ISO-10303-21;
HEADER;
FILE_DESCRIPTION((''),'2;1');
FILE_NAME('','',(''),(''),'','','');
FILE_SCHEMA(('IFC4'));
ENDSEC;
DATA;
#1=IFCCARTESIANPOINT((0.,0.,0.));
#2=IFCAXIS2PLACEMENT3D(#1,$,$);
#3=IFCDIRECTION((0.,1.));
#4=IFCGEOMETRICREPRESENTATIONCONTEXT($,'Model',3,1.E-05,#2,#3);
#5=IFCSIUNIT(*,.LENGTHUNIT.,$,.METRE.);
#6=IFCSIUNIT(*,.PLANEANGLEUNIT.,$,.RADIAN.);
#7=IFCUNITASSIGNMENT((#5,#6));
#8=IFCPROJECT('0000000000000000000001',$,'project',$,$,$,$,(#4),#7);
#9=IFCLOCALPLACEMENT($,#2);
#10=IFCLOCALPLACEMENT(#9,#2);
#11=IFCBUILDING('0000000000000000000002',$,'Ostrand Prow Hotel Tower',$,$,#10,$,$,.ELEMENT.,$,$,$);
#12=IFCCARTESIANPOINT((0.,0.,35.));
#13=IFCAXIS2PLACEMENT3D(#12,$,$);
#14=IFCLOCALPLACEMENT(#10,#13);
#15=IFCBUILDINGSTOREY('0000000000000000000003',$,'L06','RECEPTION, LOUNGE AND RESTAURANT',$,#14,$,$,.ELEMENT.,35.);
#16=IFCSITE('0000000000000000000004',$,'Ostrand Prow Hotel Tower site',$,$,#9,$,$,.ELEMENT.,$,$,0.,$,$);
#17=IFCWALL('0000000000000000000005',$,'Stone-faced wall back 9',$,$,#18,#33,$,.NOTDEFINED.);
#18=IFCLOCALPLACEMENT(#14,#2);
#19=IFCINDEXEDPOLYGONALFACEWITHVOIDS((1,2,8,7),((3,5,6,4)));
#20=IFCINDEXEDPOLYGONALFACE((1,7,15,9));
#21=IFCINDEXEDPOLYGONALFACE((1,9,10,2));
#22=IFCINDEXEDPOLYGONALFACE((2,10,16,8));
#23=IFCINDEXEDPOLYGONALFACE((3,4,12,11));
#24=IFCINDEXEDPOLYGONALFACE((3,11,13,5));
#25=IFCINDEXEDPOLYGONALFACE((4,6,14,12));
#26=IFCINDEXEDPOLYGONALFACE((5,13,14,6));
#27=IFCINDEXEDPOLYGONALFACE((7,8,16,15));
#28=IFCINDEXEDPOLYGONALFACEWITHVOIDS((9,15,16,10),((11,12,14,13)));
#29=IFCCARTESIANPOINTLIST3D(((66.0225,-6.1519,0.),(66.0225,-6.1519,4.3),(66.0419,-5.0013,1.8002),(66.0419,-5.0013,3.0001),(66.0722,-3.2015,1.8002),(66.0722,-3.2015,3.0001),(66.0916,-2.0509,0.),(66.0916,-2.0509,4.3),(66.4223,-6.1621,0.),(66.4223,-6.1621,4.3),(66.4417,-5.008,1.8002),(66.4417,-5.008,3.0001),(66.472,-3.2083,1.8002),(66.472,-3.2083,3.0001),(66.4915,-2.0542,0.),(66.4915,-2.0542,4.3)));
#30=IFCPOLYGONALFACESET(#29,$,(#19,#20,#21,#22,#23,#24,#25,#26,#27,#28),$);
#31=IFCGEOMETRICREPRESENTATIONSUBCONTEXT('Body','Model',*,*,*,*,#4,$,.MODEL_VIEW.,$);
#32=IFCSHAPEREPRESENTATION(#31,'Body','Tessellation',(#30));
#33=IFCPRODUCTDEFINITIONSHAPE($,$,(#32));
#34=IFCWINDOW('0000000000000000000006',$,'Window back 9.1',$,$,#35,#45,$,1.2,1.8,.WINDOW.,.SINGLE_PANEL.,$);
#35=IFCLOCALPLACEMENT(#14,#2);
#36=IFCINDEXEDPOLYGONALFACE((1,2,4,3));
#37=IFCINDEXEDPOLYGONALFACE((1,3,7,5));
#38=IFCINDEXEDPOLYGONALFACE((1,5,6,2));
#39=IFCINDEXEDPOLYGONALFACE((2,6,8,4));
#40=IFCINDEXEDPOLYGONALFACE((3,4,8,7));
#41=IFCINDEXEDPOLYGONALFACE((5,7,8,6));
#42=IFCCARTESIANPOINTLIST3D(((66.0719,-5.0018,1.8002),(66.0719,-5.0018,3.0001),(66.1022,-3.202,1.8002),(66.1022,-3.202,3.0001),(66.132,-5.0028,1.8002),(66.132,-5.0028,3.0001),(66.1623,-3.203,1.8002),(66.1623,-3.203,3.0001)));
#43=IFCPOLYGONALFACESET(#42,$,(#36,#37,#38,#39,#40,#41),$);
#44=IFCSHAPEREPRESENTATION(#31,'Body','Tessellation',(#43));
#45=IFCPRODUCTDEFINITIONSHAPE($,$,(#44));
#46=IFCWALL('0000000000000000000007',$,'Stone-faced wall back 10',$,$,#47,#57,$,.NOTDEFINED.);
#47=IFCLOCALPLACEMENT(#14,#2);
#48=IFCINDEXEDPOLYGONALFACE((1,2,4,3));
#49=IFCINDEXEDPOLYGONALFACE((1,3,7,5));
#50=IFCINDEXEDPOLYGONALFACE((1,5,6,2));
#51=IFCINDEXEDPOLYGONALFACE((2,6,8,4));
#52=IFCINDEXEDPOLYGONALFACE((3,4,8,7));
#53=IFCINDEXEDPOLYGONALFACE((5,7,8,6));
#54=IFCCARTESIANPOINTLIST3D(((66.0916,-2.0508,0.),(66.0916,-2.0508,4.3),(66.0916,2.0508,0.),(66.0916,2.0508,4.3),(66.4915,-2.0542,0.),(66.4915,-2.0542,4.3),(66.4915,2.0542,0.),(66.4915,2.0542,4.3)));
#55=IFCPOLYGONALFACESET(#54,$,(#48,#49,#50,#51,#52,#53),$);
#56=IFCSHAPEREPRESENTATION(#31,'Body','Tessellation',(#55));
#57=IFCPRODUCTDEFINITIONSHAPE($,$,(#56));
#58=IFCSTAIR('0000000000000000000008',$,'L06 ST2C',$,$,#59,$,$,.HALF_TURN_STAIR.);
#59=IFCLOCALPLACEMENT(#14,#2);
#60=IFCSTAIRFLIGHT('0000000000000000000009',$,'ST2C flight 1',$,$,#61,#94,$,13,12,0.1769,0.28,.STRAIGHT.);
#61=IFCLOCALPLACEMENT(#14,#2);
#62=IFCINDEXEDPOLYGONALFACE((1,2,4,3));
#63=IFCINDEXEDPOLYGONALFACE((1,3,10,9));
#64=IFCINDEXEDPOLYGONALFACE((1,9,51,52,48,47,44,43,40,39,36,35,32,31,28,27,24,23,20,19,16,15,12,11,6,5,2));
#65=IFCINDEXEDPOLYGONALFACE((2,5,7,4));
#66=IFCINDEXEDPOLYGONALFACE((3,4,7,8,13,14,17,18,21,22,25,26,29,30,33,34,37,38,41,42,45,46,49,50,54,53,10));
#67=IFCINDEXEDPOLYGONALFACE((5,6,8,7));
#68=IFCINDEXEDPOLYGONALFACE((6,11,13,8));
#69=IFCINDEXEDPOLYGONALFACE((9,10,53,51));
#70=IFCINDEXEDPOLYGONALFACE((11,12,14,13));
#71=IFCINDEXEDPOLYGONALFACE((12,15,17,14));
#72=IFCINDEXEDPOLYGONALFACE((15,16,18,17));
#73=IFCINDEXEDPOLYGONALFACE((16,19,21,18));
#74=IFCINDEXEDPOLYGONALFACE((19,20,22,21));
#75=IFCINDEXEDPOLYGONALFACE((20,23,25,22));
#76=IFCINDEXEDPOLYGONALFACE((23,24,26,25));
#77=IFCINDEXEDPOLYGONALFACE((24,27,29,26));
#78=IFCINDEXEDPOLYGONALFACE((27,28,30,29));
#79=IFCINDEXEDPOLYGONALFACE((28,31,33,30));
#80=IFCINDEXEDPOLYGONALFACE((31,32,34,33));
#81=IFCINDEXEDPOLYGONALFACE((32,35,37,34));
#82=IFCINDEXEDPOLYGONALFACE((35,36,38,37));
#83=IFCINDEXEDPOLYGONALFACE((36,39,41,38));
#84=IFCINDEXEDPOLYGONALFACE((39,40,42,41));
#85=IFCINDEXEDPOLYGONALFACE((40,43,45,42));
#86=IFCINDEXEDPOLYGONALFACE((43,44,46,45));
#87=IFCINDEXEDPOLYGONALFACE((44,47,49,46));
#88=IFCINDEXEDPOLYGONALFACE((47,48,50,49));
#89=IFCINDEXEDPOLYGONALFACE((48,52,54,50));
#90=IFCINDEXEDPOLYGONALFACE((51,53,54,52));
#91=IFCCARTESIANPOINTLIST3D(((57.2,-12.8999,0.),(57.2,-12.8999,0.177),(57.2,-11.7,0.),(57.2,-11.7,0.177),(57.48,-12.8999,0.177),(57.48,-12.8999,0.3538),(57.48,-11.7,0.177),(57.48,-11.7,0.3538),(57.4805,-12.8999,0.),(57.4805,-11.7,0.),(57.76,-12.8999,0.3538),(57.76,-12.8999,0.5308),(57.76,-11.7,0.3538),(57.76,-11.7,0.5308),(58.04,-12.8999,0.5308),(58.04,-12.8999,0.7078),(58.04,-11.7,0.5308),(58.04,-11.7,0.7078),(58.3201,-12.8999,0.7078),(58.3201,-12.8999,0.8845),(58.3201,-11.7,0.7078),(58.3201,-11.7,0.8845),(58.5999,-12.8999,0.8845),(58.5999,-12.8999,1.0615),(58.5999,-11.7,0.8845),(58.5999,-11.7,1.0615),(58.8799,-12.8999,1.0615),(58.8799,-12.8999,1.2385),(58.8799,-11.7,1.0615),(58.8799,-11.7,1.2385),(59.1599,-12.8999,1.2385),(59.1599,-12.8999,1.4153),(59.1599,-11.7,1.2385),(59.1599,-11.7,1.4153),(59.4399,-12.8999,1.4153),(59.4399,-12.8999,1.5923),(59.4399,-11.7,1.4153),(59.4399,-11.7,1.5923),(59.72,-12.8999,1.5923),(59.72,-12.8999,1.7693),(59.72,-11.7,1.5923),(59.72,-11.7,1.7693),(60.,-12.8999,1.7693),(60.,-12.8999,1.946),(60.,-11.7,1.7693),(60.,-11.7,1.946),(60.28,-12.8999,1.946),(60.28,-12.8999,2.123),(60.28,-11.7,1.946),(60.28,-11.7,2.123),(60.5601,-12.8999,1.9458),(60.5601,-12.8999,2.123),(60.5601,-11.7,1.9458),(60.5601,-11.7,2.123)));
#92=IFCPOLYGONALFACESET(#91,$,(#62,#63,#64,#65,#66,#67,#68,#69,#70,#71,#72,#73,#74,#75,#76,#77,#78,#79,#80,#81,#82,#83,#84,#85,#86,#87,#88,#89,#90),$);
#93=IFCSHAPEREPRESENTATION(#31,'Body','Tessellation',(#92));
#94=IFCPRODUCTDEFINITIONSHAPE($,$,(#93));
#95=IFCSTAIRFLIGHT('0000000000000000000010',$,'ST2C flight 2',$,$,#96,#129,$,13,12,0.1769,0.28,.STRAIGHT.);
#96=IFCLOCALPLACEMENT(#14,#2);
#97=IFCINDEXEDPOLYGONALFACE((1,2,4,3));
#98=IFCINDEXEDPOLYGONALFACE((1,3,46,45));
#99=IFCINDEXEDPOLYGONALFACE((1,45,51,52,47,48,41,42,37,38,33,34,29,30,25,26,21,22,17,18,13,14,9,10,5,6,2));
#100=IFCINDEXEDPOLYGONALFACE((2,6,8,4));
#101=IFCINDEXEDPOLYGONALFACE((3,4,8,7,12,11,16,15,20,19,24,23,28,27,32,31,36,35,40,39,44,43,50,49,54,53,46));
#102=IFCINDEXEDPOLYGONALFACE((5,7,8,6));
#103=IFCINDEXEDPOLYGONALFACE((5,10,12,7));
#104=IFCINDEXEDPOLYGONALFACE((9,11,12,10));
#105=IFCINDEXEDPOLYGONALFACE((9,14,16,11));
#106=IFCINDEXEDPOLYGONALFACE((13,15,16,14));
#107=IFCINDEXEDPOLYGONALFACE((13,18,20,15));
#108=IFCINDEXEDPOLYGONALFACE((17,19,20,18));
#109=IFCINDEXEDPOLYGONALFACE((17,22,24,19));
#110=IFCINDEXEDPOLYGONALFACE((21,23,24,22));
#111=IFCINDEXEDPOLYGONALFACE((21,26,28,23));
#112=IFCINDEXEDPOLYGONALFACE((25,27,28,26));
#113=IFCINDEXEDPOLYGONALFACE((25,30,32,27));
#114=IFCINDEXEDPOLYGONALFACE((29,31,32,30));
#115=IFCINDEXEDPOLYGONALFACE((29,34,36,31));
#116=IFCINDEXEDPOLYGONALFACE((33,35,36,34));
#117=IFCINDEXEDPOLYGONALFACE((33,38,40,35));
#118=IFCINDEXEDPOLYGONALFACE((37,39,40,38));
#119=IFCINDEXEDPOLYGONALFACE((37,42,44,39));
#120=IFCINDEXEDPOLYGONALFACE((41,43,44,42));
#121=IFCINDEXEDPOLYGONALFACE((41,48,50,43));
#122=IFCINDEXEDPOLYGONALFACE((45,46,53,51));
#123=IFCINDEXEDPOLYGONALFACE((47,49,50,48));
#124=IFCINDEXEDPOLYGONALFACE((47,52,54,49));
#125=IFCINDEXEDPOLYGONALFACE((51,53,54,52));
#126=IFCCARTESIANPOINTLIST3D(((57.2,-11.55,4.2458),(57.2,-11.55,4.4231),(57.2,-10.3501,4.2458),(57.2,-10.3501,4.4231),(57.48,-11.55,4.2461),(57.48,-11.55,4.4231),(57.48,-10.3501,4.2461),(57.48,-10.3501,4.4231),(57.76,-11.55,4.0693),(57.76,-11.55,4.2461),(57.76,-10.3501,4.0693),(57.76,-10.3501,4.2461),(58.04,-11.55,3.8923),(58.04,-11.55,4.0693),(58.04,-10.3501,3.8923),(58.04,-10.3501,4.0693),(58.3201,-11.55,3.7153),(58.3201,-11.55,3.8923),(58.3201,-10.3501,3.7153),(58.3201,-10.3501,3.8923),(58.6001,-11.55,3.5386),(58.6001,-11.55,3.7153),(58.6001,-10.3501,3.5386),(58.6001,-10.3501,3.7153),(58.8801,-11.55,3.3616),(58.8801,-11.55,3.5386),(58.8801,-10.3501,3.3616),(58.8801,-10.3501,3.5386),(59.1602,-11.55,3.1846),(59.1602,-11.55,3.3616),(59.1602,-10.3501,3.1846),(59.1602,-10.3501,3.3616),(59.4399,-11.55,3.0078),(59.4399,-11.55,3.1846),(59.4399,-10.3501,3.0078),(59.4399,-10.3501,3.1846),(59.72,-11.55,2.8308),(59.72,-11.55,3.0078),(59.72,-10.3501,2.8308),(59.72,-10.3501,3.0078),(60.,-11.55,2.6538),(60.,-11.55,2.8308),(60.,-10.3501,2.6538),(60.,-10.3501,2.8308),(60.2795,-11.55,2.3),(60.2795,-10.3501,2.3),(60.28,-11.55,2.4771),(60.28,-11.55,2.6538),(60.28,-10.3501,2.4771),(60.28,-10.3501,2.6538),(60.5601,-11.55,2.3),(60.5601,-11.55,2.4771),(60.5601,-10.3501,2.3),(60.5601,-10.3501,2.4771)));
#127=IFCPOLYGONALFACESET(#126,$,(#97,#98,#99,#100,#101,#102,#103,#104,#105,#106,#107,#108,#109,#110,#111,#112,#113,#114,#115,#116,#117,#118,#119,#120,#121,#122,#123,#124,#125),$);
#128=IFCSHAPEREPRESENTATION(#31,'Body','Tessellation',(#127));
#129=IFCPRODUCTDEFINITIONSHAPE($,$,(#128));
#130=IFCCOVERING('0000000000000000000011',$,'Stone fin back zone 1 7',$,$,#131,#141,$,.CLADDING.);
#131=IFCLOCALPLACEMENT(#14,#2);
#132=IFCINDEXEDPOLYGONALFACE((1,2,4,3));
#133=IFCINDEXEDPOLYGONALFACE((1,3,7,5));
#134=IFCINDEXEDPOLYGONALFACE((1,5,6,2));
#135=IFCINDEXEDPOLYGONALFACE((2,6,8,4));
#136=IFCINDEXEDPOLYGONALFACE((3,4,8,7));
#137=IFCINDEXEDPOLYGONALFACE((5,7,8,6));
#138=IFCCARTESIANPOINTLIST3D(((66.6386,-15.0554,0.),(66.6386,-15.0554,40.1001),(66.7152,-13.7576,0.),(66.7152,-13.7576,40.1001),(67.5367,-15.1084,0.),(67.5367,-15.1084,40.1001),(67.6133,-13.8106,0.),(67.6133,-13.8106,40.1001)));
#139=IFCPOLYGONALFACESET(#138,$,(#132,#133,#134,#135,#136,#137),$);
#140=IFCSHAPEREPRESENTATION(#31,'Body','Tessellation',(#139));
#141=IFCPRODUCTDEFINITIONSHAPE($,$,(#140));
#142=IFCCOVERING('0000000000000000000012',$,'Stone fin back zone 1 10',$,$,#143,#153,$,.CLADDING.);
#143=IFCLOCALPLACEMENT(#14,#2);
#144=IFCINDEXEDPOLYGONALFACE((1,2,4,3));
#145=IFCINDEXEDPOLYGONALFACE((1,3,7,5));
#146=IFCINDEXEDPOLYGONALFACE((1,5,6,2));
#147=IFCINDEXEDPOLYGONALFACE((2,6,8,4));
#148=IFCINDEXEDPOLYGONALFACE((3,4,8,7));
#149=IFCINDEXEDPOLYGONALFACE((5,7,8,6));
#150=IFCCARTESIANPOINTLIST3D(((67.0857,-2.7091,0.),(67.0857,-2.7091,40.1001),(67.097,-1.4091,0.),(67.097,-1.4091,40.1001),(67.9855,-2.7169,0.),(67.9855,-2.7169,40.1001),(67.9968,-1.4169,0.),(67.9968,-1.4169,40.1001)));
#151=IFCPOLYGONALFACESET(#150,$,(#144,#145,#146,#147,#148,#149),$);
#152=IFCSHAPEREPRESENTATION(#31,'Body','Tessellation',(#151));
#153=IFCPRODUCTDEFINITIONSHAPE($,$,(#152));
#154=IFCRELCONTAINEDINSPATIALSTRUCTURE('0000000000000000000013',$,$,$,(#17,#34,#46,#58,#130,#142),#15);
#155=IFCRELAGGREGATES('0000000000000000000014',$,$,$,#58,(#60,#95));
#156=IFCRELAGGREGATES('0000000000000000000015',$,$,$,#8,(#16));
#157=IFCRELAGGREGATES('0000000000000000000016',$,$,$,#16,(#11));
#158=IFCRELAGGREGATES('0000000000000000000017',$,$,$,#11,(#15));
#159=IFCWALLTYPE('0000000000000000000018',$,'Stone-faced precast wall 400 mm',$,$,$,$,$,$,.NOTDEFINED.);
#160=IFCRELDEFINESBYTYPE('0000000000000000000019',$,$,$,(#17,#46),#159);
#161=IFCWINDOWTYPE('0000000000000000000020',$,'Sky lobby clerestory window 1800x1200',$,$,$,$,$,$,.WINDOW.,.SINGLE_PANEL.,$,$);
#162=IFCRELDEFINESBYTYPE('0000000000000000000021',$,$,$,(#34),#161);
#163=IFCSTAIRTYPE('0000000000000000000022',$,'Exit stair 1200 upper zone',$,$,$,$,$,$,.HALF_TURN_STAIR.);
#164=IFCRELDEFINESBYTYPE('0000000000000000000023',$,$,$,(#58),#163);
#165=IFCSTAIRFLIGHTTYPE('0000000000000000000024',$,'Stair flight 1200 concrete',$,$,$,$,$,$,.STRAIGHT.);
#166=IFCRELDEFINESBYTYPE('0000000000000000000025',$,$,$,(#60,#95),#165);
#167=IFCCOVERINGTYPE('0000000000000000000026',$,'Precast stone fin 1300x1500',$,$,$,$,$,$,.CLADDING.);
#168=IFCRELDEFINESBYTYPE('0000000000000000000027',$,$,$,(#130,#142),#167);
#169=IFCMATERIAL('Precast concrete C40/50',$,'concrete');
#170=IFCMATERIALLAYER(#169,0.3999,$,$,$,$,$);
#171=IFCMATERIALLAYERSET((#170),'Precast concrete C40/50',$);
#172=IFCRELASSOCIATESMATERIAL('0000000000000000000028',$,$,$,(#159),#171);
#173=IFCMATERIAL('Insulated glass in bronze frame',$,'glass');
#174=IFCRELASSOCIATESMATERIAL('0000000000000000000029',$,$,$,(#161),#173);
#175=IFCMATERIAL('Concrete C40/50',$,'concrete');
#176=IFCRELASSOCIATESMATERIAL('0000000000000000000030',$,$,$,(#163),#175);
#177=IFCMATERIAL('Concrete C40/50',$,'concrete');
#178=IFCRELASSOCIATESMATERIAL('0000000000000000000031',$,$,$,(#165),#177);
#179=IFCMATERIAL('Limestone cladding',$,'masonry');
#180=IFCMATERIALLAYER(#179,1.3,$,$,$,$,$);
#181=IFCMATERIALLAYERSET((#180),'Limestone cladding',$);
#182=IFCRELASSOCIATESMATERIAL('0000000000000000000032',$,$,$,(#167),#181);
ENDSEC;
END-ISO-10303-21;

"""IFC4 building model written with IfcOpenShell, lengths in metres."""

from ifc_helpers import new_model, si_unit, direction, frame, frame_2d, origin, place, context, subcontext, project, spatial, polyline, rectangle, outline, extrude, material, layer, layer_set, type_object, element, fill, aggregate, save


model = new_model("IFC4")

# Units and contexts
model_context = context("Model", 3, precision=1e-05, world=origin(), true_north=direction((0.0, 1.0)))
body_context = subcontext(model_context, "Body", "Model", "MODEL_VIEW")
ifc_project = project(units=[si_unit("LENGTHUNIT", "METRE"), si_unit("PLANEANGLEUNIT", "RADIAN")], contexts=[model_context])

# Site, building, storey
site_placement = place(None, origin())
site = spatial("IfcSite", under=ifc_project, at=site_placement, Name="Ostrand Prow Hotel Tower site", CompositionType="ELEMENT", RefElevation=0.0)
building_placement = place(site_placement, origin())
building = spatial("IfcBuilding", under=site, at=building_placement, Name="Ostrand Prow Hotel Tower", CompositionType="ELEMENT")
storey_placement = place(building_placement, frame((0.0, 0.0, 35.0)))
storey = spatial("IfcBuildingStorey", under=building, at=storey_placement, Name="L06", Description="RECEPTION, LOUNGE AND RESTAURANT", CompositionType="ELEMENT", Elevation=35.0)

# Shared definitions
ifc_material_1 = material(Name="Precast concrete C40/50", Category="concrete")
ifc_layer_1 = layer(ifc_material_1, 0.3999)
ifc_layer_set_1 = layer_set([ifc_layer_1], Name="Precast concrete C40/50")
wall_type_1 = type_object("IfcWallType", Name="Stone-faced precast wall 400 mm", PredefinedType="NOTDEFINED", material=ifc_layer_set_1)
ifc_material_2 = material(Name="Insulated glass in bronze frame", Category="glass")
window_type = type_object("IfcWindowType", Name="Sky lobby clerestory window 1800x1200", PartitioningType="SINGLE_PANEL", PredefinedType="WINDOW", material=ifc_material_2)

# Wall, opening, window
wall_1_placement = place(storey_placement, frame((66.2224, -6.157, 0.0), z_axis=(0.0, 0.0, 1.0), x_axis=(0.016831, 0.999858, 0.0)))
wall_1 = element("IfcWall", 1, at=wall_1_placement, inside=storey, type_object=wall_type_1, Name="Stone-faced wall back 9", PredefinedType="NOTDEFINED", context=body_context, shape_type="SweptSolid", body=[
    extrude(outline(polyline([(-0.0017, -0.2), (4.1067, -0.2), (4.1033, 0.2), (0.0017, 0.2), (-0.0017, -0.2)])), origin(), (0.0, 0.0, 1.0), 4.3),
])
opening_1_placement = place(wall_1_placement, frame((1.1526, 0.0, 1.8)))
opening_1 = element("IfcOpeningElement", 2, at=opening_1_placement, cuts=wall_1, PredefinedType="OPENING", context=body_context, shape_type="SweptSolid", body=[
    extrude(rectangle(XDim=1.8, YDim=1.2, at=frame_2d((0.8999, 0.6001))), frame((0.0, 0.21, 0.0), z_axis=(0.0, -1.0, 0.0), x_axis=(1.0, 0.0, 0.0)), (0.0, 0.0, 1.0), 0.4199),
])
window_1_placement = place(opening_1_placement, origin())
window_1 = element("IfcWindow", 3, at=window_1_placement, inside=storey, type_object=window_type, Name="Window back 9.1", OverallHeight=1.2, OverallWidth=1.8, PartitioningType="SINGLE_PANEL", PredefinedType="WINDOW", context=body_context, shape_type="SweptSolid", body=[
    extrude(rectangle(XDim=1.8, YDim=1.2, at=frame_2d((0.8999, 0.6001))), frame((0.0, 0.1699, 0.0), z_axis=(0.0, -1.0, 0.0), x_axis=(1.0, 0.0, 0.0)), (0.0, 0.0, 1.0), 0.0601),
])
fill(opening_1, window_1)

# Wall
wall_2_placement = place(storey_placement, frame((66.2915, -2.0525, 0.0), z_axis=(0.0, 0.0, 1.0), x_axis=(0.0, 1.0, 0.0)))
element("IfcWall", 4, at=wall_2_placement, inside=storey, type_object=wall_type_1, Name="Stone-faced wall back 10", PredefinedType="NOTDEFINED", context=body_context, shape_type="SweptSolid", body=[
    extrude(outline(polyline([(-0.0017, -0.2), (4.1067, -0.2), (4.1033, 0.2), (0.0017, 0.2), (-0.0017, -0.2)])), origin(), (0.0, 0.0, 1.0), 4.3),
])

# Stair, stair flights
ifc_material_3 = material(Name="Concrete C40/50", Category="concrete")
stair_type = type_object("IfcStairType", Name="Exit stair 1200 upper zone", PredefinedType="HALF_TURN_STAIR", material=ifc_material_3)
stair_placement = place(storey_placement, origin())
stair = element("IfcStair", 5, at=stair_placement, inside=storey, type_object=stair_type, Name="L06 ST2C", PredefinedType="HALF_TURN_STAIR")
ifc_material_4 = material(Name="Concrete C40/50", Category="concrete")
stair_flight_type = type_object("IfcStairFlightType", Name="Stair flight 1200 concrete", PredefinedType="STRAIGHT", material=ifc_material_4)
stair_flight_1_placement = place(storey_placement, frame((57.2, -12.3, 0.0), z_axis=(0.0, 0.0, 1.0), x_axis=(1.0, 0.0, 0.0)))
stair_flight_1 = element("IfcStairFlight", 6, at=stair_flight_1_placement, type_object=stair_flight_type, Name="ST2C flight 1", NumberOfRisers=13, NumberOfTreads=12, PredefinedType="STRAIGHT", RiserHeight=0.1769, TreadLength=0.28, context=body_context, shape_type="SweptSolid", body=[
    extrude(outline(polyline([(0.0, 0.0), (0.0, 0.177), (0.28, 0.177), (0.28, 0.3538), (0.5601, 0.3538), (0.5601, 0.5308), (0.8401, 0.5308), (0.8401, 0.7078), (1.1201, 0.7078), (1.1201, 0.8845), (1.3999, 0.8845), (1.3999, 1.0615), (1.6799, 1.0615), (1.6799, 1.2385), (1.96, 1.2385), (1.96, 1.4153), (2.24, 1.4153), (2.24, 1.5923), (2.52, 1.5923), (2.52, 1.7693), (2.8, 1.7693), (2.8, 1.946), (3.0801, 1.946), (3.0801, 2.123), (3.3601, 2.123), (3.3601, 2.3), (3.3601, 1.9458), (0.2805, 0.0), (0.0, 0.0)])), frame((0.0, 0.6001, 0.0), z_axis=(0.0, -1.0, 0.0), x_axis=(1.0, 0.0, 0.0)), (0.0, 0.0, 1.0), 1.2),
])
stair_flight_2_placement = place(storey_placement, frame((60.5601, -10.95, 2.3), z_axis=(0.0, 0.0, 1.0), x_axis=(-1.0, 0.0, 0.0)))
stair_flight_2 = element("IfcStairFlight", 7, at=stair_flight_2_placement, type_object=stair_flight_type, Name="ST2C flight 2", NumberOfRisers=13, NumberOfTreads=12, PredefinedType="STRAIGHT", RiserHeight=0.1769, TreadLength=0.28, context=body_context, shape_type="SweptSolid", body=[
    extrude(outline(polyline([(0.0, 0.0), (0.0, 0.177), (0.28, 0.177), (0.28, 0.3538), (0.5601, 0.3538), (0.5601, 0.5308), (0.8401, 0.5308), (0.8401, 0.7078), (1.1201, 0.7078), (1.1201, 0.8845), (1.3999, 0.8845), (1.3999, 1.0615), (1.6799, 1.0615), (1.6799, 1.2385), (1.96, 1.2385), (1.96, 1.4153), (2.24, 1.4153), (2.24, 1.5923), (2.52, 1.5923), (2.52, 1.7693), (2.8, 1.7693), (2.8, 1.946), (3.0801, 1.946), (3.0801, 2.123), (3.3601, 2.123), (3.3601, 2.3), (3.3601, 1.9458), (0.2805, 0.0), (0.0, 0.0)])), frame((0.0, 0.6001, 0.0), z_axis=(0.0, -1.0, 0.0), x_axis=(1.0, 0.0, 0.0)), (0.0, 0.0, 1.0), 1.2),
])
aggregate(stair, [stair_flight_1, stair_flight_2])

# Coverings
ifc_material_5 = material(Name="Limestone cladding", Category="masonry")
ifc_layer_2 = layer(ifc_material_5, 1.3)
ifc_layer_set_2 = layer_set([ifc_layer_2], Name="Limestone cladding")
covering_type = type_object("IfcCoveringType", Name="Precast stone fin 1300x1500", PredefinedType="CLADDING", material=ifc_layer_set_2)
covering_1_placement = place(storey_placement, frame((66.677, -14.4065, 0.0), z_axis=(0.0, 0.0, 1.0), x_axis=(0.998265, -0.058881, 0.0)))
element("IfcCovering", 8, at=covering_1_placement, inside=storey, type_object=covering_type, Name="Stone fin back zone 1 7", PredefinedType="CLADDING", context=body_context, shape_type="SweptSolid", body=[
    extrude(rectangle(XDim=0.8997, YDim=1.3, at=frame_2d((0.4497, 0.0))), origin(), (0.0, 0.0, 1.0), 40.1001),
])
covering_2_placement = place(storey_placement, frame((67.0913, -2.0591, 0.0), z_axis=(0.0, 0.0, 1.0), x_axis=(0.999962, -0.008681, 0.0)))
element("IfcCovering", 9, at=covering_2_placement, inside=storey, type_object=covering_type, Name="Stone fin back zone 1 10", PredefinedType="CLADDING", context=body_context, shape_type="SweptSolid", body=[
    extrude(rectangle(XDim=0.8999, YDim=1.3, at=frame_2d((0.45, 0.0))), origin(), (0.0, 0.0, 1.0), 40.1001),
])

save(model, "model.ifc")
